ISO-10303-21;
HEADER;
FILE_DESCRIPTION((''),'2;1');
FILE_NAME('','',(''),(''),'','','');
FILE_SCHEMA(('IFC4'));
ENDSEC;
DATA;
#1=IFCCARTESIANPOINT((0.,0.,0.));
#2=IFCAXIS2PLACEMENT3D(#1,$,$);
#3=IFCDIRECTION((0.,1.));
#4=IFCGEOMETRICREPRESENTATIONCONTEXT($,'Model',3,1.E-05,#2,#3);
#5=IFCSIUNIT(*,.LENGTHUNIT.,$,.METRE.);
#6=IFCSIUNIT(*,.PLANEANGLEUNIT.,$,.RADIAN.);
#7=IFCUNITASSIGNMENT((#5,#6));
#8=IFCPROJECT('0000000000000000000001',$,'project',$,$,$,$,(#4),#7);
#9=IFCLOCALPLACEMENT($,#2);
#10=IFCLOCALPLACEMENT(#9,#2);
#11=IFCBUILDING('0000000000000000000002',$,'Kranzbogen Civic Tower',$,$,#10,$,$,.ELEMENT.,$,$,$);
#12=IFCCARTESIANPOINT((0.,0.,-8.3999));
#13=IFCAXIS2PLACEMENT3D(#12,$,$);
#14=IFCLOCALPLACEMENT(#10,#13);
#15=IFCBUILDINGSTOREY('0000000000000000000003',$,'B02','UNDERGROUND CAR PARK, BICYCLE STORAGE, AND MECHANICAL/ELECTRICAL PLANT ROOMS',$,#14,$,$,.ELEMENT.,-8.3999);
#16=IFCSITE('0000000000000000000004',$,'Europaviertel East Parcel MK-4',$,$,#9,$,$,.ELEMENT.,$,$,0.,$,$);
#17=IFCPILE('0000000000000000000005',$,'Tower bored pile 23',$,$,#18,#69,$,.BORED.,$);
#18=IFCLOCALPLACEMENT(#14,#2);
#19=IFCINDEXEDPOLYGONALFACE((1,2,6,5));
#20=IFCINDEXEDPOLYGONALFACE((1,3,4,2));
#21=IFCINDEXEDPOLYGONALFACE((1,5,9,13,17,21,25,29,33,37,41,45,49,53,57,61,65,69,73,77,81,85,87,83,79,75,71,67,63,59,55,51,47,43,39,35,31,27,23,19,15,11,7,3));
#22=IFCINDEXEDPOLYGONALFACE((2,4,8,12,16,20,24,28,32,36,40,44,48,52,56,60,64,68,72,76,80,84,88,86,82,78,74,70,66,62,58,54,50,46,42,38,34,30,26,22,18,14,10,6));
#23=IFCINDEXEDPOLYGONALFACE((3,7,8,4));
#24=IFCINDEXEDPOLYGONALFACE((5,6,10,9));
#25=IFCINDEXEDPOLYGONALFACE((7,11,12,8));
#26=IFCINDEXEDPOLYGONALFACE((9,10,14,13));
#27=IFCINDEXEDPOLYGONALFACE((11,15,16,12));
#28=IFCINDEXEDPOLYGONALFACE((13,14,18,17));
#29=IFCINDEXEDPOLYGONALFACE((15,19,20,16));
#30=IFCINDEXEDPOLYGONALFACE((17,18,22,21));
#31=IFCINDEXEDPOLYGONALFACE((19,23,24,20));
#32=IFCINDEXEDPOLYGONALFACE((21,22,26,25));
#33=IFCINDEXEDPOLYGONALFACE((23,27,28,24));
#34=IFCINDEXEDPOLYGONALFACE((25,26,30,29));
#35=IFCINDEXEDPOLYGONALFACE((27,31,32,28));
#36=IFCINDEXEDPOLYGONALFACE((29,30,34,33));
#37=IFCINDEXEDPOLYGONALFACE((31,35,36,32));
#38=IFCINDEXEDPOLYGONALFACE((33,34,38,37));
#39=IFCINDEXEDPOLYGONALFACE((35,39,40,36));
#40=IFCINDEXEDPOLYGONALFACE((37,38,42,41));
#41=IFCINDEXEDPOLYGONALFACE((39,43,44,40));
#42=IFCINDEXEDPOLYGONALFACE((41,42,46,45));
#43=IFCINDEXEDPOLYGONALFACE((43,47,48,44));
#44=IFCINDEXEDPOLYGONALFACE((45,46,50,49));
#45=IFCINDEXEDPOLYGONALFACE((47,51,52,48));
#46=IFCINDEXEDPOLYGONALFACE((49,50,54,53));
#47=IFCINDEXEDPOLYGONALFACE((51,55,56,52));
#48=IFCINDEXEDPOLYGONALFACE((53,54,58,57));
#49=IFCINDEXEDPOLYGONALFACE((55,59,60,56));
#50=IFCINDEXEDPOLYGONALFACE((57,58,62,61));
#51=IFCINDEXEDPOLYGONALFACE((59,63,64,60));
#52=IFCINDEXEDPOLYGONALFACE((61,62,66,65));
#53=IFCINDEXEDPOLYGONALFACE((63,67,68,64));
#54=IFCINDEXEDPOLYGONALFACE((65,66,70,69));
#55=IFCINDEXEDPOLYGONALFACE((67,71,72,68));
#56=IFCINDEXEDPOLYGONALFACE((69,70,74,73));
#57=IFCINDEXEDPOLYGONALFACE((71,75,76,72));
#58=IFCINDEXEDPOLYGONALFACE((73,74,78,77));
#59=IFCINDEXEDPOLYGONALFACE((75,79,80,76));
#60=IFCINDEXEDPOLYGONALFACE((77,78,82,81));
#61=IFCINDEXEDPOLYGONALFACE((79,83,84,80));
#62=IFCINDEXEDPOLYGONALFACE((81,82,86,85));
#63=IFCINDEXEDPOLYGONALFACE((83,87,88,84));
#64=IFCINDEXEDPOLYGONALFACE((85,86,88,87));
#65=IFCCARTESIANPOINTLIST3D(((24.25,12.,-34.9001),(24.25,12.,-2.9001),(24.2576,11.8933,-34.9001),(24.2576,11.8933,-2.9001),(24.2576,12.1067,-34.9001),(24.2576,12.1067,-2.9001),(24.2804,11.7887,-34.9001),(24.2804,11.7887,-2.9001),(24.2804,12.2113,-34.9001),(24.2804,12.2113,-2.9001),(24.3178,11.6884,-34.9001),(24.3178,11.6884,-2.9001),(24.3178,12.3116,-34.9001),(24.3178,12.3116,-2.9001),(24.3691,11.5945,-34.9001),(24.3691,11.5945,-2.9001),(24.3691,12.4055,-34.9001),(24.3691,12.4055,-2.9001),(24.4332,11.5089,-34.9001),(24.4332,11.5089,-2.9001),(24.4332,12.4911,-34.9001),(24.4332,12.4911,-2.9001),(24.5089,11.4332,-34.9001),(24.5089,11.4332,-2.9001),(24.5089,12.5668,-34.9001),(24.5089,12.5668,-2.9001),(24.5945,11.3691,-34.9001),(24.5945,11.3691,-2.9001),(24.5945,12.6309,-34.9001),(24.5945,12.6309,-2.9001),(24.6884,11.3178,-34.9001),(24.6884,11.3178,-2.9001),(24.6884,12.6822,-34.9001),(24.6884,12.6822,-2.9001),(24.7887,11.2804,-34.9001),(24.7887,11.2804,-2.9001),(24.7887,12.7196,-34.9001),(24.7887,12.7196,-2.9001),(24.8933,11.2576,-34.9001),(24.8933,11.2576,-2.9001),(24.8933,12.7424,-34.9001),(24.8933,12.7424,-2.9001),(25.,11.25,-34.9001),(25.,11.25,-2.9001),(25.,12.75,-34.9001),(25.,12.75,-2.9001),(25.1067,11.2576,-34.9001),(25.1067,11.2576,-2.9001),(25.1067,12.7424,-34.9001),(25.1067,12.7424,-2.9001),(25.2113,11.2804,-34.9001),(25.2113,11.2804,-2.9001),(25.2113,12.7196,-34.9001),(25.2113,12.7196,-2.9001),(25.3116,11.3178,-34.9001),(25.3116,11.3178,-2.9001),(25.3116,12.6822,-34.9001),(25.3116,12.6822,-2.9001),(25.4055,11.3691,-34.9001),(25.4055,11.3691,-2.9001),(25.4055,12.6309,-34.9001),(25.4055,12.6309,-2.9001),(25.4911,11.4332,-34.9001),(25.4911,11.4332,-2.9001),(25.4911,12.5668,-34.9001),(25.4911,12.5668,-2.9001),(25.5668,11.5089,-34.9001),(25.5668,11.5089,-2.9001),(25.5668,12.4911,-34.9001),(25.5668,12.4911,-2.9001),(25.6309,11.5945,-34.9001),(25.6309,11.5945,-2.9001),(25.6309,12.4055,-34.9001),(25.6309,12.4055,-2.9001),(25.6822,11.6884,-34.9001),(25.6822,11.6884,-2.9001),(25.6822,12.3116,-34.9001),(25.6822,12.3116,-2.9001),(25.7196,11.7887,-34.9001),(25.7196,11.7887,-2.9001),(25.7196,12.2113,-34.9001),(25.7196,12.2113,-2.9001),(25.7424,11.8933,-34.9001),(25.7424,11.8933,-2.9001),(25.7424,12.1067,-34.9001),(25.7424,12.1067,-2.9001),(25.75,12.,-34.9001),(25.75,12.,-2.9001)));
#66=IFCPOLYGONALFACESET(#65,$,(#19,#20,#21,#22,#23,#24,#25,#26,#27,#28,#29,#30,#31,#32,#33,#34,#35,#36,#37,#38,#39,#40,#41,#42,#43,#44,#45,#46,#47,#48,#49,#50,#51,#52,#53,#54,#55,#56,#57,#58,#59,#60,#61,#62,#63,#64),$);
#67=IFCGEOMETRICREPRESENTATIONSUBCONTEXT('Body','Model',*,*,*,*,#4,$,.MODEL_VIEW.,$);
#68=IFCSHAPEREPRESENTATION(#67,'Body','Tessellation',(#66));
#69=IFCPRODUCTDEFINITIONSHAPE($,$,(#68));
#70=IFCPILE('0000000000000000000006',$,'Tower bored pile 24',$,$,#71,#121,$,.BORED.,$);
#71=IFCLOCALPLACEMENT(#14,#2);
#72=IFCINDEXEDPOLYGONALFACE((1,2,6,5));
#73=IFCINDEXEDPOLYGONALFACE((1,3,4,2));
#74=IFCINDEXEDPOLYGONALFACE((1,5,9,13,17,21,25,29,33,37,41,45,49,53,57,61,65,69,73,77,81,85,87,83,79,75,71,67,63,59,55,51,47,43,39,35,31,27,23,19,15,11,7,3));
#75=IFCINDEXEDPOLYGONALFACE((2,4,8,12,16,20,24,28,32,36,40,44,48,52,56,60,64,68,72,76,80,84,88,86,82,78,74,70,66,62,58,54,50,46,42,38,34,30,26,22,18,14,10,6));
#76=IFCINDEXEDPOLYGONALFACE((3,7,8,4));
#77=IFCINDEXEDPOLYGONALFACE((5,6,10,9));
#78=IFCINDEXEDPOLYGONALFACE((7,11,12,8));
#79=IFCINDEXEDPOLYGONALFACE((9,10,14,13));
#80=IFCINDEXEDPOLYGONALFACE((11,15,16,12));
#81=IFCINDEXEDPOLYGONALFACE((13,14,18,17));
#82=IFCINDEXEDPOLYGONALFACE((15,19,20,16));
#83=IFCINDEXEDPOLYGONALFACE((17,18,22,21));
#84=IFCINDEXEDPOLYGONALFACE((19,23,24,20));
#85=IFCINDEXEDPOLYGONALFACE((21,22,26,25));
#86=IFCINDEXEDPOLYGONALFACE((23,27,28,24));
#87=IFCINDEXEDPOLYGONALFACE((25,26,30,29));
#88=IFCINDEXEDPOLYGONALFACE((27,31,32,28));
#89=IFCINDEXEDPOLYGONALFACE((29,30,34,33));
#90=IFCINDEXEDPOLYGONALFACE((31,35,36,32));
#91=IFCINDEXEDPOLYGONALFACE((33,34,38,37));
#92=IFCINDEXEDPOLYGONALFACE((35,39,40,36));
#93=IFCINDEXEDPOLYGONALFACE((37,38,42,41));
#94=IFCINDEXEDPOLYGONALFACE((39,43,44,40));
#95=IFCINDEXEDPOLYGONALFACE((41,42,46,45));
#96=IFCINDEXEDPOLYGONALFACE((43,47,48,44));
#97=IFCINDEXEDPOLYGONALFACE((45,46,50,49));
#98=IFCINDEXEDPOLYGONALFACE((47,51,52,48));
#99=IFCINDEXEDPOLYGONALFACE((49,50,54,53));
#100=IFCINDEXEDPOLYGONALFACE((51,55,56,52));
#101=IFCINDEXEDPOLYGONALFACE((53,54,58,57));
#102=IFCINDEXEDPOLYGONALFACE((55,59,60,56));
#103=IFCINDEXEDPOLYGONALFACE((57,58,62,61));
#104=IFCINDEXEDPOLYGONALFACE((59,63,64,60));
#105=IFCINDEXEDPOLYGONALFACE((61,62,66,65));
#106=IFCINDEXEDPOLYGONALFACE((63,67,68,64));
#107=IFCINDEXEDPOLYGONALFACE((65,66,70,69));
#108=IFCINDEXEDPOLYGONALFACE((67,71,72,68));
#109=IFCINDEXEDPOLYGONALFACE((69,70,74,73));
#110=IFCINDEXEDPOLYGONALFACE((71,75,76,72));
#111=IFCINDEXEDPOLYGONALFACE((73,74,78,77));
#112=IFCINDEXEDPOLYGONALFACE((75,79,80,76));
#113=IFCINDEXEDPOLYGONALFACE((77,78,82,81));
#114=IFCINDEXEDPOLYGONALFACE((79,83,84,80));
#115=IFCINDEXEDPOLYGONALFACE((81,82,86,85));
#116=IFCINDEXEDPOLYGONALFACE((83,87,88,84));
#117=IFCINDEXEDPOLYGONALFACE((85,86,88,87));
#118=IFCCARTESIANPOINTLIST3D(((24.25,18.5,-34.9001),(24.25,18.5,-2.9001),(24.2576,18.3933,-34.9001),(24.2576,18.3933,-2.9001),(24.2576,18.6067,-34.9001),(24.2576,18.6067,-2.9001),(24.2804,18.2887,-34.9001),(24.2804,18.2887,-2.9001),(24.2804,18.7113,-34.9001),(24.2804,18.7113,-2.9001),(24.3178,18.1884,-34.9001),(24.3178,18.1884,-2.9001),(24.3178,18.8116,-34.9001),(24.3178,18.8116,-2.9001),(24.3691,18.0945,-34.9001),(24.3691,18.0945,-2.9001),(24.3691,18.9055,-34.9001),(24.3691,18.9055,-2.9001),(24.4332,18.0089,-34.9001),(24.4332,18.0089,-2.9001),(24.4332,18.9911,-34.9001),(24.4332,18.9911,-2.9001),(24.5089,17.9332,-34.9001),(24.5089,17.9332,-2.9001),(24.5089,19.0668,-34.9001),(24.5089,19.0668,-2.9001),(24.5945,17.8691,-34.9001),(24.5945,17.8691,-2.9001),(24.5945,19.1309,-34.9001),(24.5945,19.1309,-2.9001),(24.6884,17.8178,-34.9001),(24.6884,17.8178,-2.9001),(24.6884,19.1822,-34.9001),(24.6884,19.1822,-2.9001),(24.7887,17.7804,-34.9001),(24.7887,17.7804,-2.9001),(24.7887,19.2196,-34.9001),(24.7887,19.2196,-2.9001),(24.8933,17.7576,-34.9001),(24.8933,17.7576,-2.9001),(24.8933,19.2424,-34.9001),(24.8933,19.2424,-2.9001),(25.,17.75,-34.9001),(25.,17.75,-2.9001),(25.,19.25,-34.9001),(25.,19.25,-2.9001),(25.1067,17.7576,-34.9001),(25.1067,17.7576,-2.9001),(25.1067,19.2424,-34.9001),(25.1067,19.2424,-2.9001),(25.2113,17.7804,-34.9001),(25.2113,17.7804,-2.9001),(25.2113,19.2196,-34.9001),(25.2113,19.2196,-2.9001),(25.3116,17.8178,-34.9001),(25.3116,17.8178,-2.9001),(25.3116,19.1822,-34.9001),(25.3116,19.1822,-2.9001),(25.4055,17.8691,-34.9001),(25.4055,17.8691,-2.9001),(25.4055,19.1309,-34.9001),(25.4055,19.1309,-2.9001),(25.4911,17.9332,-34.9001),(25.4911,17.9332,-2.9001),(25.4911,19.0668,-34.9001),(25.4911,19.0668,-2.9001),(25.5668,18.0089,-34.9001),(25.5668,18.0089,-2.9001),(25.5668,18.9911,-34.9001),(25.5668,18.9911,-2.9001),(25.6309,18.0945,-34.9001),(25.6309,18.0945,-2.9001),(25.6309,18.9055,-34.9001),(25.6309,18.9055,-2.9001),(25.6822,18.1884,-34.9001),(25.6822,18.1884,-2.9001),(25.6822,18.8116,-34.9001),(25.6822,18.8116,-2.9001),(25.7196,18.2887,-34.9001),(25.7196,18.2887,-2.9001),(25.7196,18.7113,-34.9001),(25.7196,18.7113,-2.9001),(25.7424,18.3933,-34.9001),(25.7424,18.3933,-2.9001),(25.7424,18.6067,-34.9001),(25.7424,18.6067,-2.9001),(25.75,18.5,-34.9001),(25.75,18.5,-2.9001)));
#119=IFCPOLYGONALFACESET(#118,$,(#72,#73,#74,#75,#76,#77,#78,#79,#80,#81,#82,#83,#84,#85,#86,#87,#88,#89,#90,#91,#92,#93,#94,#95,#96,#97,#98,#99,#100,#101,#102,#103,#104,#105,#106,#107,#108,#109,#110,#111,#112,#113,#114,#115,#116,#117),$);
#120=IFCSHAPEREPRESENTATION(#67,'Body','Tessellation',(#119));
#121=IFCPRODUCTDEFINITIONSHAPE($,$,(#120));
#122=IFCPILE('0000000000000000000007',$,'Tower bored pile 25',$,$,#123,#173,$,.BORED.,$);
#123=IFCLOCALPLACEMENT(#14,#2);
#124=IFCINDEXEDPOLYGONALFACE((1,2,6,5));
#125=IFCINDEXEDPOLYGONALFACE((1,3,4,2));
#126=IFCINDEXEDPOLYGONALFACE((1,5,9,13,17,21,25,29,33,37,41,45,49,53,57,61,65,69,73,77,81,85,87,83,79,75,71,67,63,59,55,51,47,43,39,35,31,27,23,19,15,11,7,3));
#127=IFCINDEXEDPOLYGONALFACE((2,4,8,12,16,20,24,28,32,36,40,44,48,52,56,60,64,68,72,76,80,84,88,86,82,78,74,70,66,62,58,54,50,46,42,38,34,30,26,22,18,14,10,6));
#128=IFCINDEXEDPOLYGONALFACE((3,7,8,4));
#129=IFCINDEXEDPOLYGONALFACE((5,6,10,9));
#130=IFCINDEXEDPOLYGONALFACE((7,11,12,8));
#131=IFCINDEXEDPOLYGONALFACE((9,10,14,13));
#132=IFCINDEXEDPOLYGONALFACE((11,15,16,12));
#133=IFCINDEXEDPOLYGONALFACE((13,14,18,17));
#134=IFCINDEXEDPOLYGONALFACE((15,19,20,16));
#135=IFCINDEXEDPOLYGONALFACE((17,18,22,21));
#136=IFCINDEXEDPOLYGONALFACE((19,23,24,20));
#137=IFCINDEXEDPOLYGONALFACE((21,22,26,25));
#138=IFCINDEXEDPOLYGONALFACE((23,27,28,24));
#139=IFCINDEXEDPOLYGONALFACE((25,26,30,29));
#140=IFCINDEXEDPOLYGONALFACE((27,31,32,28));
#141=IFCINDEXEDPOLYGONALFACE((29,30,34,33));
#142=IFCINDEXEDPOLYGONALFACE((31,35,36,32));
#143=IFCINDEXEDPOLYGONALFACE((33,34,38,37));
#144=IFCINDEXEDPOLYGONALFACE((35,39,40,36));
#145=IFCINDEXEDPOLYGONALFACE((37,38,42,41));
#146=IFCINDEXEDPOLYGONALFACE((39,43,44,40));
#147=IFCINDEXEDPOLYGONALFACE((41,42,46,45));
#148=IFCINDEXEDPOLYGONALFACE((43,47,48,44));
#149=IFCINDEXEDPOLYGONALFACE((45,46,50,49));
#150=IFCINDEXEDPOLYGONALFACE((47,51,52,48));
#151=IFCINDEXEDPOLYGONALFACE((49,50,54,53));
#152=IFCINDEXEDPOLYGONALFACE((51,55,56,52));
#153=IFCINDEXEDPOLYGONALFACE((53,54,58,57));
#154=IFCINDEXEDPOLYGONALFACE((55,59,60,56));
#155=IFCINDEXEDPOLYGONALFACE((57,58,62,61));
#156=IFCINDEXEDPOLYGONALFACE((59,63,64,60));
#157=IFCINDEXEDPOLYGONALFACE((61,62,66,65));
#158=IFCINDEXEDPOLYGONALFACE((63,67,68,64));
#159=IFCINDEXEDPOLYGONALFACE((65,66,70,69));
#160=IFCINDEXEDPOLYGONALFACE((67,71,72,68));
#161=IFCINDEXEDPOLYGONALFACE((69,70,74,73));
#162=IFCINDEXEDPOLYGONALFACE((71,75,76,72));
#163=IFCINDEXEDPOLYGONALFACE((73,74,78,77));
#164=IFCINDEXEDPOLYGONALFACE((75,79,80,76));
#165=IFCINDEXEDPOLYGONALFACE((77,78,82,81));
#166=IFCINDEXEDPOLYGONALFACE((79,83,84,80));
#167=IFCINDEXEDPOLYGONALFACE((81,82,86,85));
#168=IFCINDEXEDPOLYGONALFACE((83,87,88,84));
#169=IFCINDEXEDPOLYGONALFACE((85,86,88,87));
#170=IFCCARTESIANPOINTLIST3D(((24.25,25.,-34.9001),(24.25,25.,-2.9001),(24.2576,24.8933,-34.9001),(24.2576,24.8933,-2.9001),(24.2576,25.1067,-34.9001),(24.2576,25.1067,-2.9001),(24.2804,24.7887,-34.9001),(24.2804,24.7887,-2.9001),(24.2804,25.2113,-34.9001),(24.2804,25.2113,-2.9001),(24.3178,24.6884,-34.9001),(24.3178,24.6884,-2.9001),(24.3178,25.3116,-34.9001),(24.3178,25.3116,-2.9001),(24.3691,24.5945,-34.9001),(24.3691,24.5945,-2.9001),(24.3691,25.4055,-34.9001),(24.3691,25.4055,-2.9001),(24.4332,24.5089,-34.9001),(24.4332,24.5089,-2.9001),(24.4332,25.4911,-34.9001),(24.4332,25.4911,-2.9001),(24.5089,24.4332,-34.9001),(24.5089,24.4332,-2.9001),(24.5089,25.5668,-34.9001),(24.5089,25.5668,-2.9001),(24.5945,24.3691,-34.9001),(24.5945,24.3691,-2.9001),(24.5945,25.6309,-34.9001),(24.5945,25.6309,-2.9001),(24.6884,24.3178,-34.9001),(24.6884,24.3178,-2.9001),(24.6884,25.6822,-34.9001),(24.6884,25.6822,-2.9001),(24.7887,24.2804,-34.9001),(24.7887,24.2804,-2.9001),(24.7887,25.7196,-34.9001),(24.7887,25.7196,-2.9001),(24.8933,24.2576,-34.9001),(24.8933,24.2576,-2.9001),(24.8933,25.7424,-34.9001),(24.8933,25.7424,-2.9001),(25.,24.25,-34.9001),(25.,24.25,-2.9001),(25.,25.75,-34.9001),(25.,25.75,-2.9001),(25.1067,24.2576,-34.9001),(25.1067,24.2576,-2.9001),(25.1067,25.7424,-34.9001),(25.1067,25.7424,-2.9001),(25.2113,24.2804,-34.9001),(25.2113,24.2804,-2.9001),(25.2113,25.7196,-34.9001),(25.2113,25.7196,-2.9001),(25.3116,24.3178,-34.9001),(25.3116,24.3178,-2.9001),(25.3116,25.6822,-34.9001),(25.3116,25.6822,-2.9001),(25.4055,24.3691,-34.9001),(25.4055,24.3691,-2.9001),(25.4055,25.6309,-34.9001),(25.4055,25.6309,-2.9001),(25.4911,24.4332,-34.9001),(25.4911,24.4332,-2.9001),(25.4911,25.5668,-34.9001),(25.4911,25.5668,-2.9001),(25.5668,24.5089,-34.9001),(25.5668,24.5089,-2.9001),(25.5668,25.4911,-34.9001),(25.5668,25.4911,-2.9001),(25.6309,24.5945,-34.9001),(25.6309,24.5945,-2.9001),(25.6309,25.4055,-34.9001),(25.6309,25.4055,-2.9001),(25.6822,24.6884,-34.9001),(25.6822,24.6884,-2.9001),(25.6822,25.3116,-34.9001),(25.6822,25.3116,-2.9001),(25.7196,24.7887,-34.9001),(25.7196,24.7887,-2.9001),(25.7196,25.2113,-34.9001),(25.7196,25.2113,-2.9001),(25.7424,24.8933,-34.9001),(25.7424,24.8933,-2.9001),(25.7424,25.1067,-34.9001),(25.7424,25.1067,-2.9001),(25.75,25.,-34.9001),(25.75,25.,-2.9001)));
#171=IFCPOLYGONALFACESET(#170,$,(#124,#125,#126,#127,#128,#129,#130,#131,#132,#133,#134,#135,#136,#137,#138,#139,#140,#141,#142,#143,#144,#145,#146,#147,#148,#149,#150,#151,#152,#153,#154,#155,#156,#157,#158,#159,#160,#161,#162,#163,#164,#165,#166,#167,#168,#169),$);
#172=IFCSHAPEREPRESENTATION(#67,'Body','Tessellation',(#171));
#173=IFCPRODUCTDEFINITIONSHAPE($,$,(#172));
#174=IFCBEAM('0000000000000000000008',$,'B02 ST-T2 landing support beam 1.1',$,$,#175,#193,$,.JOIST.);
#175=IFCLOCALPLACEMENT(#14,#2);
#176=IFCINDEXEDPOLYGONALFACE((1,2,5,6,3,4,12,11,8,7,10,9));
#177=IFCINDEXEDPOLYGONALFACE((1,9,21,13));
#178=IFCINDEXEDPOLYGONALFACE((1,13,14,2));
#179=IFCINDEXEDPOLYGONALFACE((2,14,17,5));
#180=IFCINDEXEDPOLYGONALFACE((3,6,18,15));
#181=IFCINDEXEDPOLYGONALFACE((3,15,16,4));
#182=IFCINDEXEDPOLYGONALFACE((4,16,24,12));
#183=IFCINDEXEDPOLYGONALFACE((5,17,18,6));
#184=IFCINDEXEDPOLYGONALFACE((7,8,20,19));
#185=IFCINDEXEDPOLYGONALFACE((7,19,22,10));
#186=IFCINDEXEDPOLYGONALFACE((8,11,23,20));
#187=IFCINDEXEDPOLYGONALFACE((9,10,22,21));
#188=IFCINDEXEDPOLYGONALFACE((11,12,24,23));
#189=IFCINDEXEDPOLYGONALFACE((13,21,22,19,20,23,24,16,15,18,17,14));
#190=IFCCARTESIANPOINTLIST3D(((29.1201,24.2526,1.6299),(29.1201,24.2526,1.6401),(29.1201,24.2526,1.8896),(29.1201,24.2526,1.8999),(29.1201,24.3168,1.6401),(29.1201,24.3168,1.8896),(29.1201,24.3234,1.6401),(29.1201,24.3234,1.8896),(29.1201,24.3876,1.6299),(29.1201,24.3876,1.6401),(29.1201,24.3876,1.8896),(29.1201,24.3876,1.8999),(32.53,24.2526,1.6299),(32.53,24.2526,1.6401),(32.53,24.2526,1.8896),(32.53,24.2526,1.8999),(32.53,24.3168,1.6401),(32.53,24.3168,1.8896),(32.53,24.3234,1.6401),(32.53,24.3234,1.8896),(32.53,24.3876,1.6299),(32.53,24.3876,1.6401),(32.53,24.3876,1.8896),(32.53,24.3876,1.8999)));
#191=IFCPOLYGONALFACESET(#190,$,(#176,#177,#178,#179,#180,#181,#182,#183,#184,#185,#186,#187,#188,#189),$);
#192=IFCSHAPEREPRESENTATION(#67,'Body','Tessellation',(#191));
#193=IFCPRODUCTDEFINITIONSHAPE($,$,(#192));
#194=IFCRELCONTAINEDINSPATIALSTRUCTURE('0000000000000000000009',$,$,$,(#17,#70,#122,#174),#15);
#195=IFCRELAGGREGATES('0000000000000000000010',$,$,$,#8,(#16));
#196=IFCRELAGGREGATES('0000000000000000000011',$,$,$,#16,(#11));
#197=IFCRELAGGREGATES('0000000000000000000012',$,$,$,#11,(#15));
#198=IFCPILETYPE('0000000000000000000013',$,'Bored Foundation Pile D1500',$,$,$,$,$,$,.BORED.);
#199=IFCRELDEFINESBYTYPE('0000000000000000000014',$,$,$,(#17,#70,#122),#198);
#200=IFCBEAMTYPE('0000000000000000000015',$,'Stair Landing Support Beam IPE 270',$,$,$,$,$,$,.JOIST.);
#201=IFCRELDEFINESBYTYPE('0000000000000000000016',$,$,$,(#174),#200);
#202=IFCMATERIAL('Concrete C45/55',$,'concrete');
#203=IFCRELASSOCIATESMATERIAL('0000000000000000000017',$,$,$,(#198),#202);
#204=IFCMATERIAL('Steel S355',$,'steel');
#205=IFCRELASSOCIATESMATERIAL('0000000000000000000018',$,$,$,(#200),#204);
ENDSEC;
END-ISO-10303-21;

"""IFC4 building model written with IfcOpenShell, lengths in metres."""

from ifc_helpers import new_model, si_unit, direction, frame, origin, origin_2d, place, context, subcontext, project, spatial, circle, i_section, extrude, material, material_profile, profile_set, type_object, element, save


model = new_model("IFC4")

# Units and contexts
model_context = context("Model", 3, precision=1e-05, world=origin(), true_north=direction((0.0, 1.0)))
body_context = subcontext(model_context, "Body", "Model", "MODEL_VIEW")
ifc_project = project(units=[si_unit("LENGTHUNIT", "METRE"), si_unit("PLANEANGLEUNIT", "RADIAN")], contexts=[model_context])

# Site, building, storey
site_placement = place(None, origin())
site = spatial("IfcSite", under=ifc_project, at=site_placement, Name="Europaviertel East Parcel MK-4", CompositionType="ELEMENT", RefElevation=0.0)
building_placement = place(site_placement, origin())
building = spatial("IfcBuilding", under=site, at=building_placement, Name="Kranzbogen Civic Tower", CompositionType="ELEMENT")
storey_placement = place(building_placement, frame((0.0, 0.0, -8.3999)))
storey = spatial("IfcBuildingStorey", under=building, at=storey_placement, Name="B02", Description="UNDERGROUND CAR PARK, BICYCLE STORAGE, AND MECHANICAL/ELECTRICAL PLANT ROOMS", CompositionType="ELEMENT", Elevation=-8.3999)

# Piles
ifc_material_1 = material(Name="Concrete C45/55", Category="concrete")
ifc_material_profile_1 = material_profile(ifc_material_1, circle(Radius=0.75, at=origin_2d()), Name="PILE D1500")
ifc_profile_set_1 = profile_set([ifc_material_profile_1], Name="Concrete C45/55")
pile_type = type_object("IfcPileType", Name="Bored Foundation Pile D1500", PredefinedType="BORED", material=ifc_profile_set_1)
for number, where, z_axis, x_axis, name in (
    (1, (25.0, 12.0, -2.9001), (0.0, 0.0, -1.0), (1.0, 0.0, 0.0), "Tower bored pile 23"),
    (2, (25.0, 18.5, -2.9001), (0.0, 0.0, -1.0), (1.0, 0.0, 0.0), "Tower bored pile 24"),
    (3, (25.0, 25.0, -2.9001), (0.0, 0.0, -1.0), (1.0, 0.0, 0.0), "Tower bored pile 25"),
):
    element("IfcPile", number, at=place(storey_placement, frame(where, z_axis=z_axis, x_axis=x_axis)), inside=storey, type_object=pile_type, Name=name, PredefinedType="BORED", context=body_context, shape_type="SweptSolid", body=[
        extrude(circle(Radius=0.75, at=origin_2d()), origin(), (0.0, 0.0, 1.0), 32.0),
    ])

# Beam
ifc_material_2 = material(Name="Steel S355", Category="steel")
ifc_material_profile_2 = material_profile(ifc_material_2, i_section(OverallWidth=0.135, OverallDepth=0.27, WebThickness=0.0066, FlangeThickness=0.0103, at=origin_2d()), Name="IPE 270")
ifc_profile_set_2 = profile_set([ifc_material_profile_2], Name="Steel S355")
beam_type = type_object("IfcBeamType", Name="Stair Landing Support Beam IPE 270", PredefinedType="JOIST", material=ifc_profile_set_2)
for number, where, z_axis, x_axis, name in (
    (4, (29.1201, 24.3201, 1.7649), (1.0, 0.0, 0.0), (0.0, 1.0, 0.0), "B02 ST-T2 landing support beam 1.1"),
):
    element("IfcBeam", number, at=place(storey_placement, frame(where, z_axis=z_axis, x_axis=x_axis)), inside=storey, type_object=beam_type, Name=name, PredefinedType="JOIST", context=body_context, shape_type="SweptSolid", body=[
        extrude(i_section(OverallWidth=0.135, OverallDepth=0.27, WebThickness=0.0066, FlangeThickness=0.0103, at=origin_2d()), origin(), (0.0, 0.0, 1.0), 3.4099),
    ])

save(model, "model.ifc")
